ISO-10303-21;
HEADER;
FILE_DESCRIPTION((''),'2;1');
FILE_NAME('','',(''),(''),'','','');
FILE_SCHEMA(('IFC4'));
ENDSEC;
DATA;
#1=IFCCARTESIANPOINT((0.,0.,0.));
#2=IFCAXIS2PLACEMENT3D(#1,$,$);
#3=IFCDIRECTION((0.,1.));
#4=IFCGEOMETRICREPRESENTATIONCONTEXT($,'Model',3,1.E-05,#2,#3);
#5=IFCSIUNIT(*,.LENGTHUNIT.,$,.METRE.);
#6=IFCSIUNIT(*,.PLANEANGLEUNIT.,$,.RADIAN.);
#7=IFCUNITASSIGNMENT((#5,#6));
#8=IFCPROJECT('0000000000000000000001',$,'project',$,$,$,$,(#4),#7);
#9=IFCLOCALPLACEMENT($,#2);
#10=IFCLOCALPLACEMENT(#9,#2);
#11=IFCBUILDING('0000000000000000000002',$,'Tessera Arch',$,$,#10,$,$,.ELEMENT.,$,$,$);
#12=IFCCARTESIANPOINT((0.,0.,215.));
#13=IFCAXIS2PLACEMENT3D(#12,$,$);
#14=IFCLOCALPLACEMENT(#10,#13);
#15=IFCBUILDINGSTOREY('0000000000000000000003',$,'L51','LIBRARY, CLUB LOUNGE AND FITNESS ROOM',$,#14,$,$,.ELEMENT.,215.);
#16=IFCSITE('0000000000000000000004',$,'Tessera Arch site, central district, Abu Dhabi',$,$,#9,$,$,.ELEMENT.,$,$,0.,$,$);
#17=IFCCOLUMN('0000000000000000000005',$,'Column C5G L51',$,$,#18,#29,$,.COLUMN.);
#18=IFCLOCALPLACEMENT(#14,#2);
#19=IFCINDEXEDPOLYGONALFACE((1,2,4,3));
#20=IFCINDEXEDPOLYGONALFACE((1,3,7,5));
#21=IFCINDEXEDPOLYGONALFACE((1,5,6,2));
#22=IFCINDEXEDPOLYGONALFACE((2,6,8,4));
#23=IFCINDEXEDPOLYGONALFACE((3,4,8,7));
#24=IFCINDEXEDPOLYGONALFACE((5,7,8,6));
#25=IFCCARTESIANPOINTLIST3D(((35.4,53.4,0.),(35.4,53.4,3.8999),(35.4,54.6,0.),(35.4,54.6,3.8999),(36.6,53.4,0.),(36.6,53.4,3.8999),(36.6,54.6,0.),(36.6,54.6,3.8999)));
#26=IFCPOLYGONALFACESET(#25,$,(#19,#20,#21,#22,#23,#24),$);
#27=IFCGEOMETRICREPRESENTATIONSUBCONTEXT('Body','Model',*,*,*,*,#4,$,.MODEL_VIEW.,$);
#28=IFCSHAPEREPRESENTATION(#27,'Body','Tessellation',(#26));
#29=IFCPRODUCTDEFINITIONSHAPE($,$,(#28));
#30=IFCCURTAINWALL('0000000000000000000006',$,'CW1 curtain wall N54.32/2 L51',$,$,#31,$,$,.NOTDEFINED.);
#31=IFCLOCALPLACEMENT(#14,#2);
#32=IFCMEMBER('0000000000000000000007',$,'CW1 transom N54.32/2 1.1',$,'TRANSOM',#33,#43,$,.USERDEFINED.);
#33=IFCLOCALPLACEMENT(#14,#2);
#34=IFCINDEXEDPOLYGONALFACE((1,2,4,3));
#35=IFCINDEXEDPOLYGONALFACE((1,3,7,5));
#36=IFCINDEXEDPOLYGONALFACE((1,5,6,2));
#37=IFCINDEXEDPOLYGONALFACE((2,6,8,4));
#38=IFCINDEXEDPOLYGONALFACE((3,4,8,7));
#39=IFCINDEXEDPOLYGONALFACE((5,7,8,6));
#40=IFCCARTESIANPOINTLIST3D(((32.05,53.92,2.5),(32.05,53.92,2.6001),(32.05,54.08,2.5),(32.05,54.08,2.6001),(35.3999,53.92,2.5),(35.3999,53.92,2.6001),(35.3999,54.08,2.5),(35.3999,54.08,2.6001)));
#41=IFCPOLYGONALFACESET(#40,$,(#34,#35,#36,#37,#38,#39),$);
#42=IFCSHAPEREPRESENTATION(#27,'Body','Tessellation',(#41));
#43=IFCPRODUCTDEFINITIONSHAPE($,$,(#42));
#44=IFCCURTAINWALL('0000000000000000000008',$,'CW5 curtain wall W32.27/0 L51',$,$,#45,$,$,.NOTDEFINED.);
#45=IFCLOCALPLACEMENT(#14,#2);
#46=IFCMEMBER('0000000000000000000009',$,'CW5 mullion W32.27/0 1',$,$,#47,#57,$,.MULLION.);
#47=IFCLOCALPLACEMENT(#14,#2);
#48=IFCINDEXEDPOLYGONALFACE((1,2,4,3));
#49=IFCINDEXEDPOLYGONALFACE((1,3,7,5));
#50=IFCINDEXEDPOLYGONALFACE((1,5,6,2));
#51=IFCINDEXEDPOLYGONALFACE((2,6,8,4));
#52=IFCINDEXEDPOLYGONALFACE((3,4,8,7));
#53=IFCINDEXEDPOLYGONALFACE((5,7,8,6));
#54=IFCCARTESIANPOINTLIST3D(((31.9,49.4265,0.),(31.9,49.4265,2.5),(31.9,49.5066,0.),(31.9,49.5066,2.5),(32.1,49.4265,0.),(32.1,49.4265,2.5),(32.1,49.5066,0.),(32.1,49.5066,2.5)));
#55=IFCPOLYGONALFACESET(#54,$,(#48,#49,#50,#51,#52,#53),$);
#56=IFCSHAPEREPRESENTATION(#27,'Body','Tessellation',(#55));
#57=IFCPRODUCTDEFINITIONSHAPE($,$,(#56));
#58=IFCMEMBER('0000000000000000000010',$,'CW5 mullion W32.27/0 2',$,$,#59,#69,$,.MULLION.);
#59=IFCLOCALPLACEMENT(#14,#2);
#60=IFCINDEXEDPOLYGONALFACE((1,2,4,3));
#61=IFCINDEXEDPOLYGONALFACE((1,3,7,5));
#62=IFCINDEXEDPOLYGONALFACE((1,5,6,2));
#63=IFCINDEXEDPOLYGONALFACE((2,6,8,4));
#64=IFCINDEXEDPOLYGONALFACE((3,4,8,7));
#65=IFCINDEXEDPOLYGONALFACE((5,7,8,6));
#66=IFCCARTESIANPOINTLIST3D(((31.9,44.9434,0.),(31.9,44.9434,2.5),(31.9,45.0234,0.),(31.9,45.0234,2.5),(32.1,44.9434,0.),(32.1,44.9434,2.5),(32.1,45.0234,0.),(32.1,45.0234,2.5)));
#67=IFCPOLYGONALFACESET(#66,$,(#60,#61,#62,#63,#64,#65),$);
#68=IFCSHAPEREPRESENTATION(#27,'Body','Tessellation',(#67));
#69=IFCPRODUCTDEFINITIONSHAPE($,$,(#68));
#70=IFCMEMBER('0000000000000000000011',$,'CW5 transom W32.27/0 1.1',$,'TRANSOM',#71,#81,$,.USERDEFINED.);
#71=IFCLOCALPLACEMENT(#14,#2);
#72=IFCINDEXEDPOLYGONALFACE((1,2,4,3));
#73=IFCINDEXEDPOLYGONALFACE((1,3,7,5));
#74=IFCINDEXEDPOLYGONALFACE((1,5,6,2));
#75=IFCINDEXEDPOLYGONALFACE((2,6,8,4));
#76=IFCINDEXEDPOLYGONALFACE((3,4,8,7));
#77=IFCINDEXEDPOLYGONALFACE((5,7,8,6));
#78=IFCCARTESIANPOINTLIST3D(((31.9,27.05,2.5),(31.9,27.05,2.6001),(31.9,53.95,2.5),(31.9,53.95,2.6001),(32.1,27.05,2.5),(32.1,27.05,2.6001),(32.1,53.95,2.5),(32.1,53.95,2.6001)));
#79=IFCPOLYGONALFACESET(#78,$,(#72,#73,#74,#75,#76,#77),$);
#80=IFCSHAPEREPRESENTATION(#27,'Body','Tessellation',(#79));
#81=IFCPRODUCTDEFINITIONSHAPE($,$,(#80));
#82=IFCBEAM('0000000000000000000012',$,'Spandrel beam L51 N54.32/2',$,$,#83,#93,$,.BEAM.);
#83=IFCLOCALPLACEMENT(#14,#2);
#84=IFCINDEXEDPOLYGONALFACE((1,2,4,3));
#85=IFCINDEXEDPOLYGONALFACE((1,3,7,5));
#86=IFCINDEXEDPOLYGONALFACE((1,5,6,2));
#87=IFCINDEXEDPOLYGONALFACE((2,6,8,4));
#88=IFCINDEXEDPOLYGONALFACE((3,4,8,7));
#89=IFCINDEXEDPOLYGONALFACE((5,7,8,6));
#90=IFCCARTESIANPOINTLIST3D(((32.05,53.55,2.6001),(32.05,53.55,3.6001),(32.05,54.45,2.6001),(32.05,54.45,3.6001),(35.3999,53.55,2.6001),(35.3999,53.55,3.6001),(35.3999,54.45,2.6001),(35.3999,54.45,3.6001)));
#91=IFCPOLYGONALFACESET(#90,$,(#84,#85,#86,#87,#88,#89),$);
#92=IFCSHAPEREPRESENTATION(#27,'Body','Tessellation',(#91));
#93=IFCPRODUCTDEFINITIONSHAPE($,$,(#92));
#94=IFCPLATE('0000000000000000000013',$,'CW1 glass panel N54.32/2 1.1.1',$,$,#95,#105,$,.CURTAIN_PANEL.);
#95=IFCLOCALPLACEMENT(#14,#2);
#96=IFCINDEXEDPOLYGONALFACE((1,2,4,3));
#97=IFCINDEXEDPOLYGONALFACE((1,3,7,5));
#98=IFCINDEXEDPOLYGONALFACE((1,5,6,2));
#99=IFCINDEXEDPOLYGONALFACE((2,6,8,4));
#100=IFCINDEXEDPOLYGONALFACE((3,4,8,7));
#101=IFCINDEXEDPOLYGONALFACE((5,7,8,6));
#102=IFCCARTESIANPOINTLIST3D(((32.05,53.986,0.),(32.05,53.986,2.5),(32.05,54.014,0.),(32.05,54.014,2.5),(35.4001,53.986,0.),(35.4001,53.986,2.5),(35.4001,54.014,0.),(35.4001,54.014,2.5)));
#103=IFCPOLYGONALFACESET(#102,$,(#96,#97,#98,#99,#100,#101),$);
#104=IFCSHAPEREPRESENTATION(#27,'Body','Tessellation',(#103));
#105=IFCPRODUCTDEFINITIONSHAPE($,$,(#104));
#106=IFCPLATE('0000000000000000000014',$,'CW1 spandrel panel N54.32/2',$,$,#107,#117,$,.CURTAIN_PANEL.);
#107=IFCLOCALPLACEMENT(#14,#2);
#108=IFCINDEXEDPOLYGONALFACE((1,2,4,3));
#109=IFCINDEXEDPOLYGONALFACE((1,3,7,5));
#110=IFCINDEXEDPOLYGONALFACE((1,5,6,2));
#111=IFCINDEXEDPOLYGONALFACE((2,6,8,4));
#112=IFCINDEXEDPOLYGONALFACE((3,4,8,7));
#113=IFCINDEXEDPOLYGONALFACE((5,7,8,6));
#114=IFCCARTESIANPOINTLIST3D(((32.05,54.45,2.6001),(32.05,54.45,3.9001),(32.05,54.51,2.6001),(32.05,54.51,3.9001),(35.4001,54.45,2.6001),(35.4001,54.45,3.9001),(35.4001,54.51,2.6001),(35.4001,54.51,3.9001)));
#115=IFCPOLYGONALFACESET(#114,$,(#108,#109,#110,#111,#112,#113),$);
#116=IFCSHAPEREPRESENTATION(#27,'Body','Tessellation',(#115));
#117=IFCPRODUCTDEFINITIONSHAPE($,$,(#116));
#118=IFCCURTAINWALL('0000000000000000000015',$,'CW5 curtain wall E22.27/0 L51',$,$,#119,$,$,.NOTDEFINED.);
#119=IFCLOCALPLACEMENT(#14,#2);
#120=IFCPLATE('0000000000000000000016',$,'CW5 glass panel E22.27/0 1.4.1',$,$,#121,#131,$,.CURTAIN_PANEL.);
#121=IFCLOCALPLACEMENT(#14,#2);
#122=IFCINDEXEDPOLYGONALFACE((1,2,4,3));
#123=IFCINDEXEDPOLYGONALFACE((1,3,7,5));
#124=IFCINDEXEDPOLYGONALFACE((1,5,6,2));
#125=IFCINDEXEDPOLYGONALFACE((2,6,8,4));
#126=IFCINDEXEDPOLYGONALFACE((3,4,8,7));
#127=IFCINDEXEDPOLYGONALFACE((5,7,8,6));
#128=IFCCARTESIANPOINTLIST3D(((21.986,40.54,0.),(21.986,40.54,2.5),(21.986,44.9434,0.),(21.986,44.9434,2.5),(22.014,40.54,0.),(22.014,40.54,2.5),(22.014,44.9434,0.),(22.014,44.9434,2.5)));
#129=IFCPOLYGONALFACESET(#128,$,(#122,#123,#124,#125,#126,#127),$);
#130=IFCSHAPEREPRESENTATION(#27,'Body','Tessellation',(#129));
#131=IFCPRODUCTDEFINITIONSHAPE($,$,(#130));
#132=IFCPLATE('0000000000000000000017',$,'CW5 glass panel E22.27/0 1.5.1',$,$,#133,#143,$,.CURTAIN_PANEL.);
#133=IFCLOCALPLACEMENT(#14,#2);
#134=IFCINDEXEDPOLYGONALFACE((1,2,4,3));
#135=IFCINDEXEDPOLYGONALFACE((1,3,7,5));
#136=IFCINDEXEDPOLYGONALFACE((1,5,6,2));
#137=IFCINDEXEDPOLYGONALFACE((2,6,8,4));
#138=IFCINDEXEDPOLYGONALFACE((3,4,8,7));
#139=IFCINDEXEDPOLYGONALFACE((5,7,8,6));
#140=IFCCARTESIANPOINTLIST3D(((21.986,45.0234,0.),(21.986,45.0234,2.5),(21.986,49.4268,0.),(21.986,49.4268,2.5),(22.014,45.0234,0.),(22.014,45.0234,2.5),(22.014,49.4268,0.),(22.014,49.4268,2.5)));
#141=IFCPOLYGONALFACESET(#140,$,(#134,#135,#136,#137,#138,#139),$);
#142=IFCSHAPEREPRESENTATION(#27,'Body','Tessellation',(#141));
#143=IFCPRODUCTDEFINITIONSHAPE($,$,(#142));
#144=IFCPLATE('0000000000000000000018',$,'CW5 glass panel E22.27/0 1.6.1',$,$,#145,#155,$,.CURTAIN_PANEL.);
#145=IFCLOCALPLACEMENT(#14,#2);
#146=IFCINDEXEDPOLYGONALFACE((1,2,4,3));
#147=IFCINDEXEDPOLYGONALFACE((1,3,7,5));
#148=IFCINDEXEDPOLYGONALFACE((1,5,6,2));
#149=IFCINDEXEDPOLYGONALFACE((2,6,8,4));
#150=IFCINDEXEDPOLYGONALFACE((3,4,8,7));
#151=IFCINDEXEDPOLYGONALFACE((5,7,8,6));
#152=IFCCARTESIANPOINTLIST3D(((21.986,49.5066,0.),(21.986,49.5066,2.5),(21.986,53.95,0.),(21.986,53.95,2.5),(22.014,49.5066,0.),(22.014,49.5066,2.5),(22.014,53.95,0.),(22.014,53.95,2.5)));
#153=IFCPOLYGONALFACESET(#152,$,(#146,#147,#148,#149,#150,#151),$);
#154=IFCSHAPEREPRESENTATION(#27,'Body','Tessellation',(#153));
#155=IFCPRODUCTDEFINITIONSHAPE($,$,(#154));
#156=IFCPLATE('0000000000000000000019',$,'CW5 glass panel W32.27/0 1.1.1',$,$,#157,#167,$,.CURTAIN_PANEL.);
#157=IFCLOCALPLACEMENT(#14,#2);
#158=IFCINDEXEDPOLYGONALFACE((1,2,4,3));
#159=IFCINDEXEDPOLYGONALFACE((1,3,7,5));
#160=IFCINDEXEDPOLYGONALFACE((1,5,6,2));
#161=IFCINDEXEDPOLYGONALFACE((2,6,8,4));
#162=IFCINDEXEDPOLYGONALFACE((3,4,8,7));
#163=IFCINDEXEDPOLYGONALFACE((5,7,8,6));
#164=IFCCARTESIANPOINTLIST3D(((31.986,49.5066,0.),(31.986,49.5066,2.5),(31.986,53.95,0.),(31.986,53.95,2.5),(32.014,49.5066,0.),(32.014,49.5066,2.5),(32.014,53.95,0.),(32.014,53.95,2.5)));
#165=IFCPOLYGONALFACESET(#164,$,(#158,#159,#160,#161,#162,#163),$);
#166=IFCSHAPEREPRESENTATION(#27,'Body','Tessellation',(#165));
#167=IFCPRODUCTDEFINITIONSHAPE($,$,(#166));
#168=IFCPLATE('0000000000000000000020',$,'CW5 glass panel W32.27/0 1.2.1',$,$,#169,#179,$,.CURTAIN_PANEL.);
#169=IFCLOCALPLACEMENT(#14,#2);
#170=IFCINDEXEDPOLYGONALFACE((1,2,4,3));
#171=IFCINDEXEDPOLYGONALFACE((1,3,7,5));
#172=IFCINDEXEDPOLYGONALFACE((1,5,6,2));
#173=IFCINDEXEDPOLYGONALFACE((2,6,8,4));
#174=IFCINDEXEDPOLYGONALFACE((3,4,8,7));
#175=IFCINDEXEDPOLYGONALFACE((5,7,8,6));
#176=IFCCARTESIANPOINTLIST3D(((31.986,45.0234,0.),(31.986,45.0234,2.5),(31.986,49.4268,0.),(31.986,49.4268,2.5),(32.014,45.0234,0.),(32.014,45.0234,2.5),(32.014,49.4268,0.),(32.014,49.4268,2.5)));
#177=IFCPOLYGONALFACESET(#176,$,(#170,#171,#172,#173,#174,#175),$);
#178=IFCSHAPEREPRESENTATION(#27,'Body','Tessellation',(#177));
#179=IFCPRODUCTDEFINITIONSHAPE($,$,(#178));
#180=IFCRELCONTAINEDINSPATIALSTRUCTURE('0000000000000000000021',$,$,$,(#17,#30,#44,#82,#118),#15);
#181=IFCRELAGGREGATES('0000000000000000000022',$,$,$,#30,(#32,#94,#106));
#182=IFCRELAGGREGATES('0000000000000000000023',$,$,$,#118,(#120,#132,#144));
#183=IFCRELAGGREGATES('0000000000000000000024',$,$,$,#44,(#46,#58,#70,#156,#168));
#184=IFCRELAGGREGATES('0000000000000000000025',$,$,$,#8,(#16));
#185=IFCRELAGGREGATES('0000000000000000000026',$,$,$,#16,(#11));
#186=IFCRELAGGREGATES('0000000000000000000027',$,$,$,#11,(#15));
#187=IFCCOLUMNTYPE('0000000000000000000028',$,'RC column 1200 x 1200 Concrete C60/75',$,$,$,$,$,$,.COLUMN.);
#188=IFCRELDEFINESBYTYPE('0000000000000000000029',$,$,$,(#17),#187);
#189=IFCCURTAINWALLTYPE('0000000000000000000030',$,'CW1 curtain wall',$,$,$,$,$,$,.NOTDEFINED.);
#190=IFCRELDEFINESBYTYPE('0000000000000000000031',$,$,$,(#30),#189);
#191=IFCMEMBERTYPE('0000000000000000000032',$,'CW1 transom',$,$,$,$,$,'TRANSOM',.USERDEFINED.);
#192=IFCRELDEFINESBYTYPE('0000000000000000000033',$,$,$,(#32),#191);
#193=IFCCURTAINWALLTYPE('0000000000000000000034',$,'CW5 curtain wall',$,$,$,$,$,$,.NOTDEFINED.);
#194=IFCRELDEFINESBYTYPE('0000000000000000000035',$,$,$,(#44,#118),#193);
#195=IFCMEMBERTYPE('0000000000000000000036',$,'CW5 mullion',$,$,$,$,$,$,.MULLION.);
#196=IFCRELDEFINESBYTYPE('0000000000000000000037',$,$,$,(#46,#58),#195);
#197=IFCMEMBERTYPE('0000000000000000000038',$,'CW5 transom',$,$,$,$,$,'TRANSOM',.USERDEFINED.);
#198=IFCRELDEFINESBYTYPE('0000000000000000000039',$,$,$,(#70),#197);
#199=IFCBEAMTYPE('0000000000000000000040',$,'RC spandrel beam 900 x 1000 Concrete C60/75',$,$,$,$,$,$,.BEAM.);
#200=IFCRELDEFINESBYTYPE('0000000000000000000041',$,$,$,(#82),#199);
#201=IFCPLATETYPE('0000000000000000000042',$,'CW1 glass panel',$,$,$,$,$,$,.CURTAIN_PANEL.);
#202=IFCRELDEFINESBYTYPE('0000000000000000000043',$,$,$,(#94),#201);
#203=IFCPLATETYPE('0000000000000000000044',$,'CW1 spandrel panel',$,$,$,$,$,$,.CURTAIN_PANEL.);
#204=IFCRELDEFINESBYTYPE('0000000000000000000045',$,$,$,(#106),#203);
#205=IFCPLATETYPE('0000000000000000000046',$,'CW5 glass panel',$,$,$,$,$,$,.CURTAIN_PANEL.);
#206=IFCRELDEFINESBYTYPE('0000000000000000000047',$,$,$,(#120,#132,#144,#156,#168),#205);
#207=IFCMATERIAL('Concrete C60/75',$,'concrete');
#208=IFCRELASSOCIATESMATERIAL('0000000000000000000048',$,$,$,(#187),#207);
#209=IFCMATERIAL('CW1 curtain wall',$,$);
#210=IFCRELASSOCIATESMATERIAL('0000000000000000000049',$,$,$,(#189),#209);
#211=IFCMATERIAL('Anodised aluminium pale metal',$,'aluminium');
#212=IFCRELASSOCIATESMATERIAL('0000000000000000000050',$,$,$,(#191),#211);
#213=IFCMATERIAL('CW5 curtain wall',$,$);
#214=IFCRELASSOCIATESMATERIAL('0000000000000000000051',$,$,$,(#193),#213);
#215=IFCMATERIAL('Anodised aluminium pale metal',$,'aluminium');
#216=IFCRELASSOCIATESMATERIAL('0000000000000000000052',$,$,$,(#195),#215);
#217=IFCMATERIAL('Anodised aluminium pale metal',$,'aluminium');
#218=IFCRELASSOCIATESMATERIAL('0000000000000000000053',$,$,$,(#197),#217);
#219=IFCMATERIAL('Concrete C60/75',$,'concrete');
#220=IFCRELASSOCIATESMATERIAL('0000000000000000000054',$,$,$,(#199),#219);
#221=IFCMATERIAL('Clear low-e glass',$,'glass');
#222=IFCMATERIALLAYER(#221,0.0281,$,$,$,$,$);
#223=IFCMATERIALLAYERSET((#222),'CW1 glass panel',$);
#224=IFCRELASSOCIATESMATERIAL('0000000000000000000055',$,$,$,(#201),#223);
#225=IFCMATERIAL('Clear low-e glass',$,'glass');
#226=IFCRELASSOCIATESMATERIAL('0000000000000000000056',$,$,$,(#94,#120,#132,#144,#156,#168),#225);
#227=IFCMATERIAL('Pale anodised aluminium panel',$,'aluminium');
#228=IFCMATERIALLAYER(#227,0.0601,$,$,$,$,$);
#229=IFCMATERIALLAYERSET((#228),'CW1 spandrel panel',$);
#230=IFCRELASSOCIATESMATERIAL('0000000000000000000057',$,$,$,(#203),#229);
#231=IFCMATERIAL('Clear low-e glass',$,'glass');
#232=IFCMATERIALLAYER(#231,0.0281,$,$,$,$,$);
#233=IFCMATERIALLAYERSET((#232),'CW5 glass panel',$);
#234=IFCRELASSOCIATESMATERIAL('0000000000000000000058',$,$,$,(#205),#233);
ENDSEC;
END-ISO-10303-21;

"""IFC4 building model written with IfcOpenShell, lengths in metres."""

from ifc_helpers import new_model, si_unit, direction, frame, origin, origin_2d, place, context, subcontext, project, spatial, rectangle, extrude, material, layer, layer_set, material_profile, profile_set, type_object, element, aggregate, save


model = new_model("IFC4")

# Units and contexts
model_context = context("Model", 3, precision=1e-05, world=origin(), true_north=direction((0.0, 1.0)))
body_context = subcontext(model_context, "Body", "Model", "MODEL_VIEW")
ifc_project = project(units=[si_unit("LENGTHUNIT", "METRE"), si_unit("PLANEANGLEUNIT", "RADIAN")], contexts=[model_context])

# Site, building, storey
site_placement = place(None, origin())
site = spatial("IfcSite", under=ifc_project, at=site_placement, Name="Tessera Arch site, central district, Abu Dhabi", CompositionType="ELEMENT", RefElevation=0.0)
building_placement = place(site_placement, origin())
building = spatial("IfcBuilding", under=site, at=building_placement, Name="Tessera Arch", CompositionType="ELEMENT")
storey_placement = place(building_placement, frame((0.0, 0.0, 215.0)))
storey = spatial("IfcBuildingStorey", under=building, at=storey_placement, Name="L51", Description="LIBRARY, CLUB LOUNGE AND FITNESS ROOM", CompositionType="ELEMENT", Elevation=215.0)

# Column
ifc_material_1 = material(Name="Concrete C60/75", Category="concrete")
ifc_material_profile_1 = material_profile(ifc_material_1, rectangle(XDim=1.2, YDim=1.2, at=origin_2d()), Name="RC column 1200 x 1200 Concrete C60/75")
ifc_profile_set_1 = profile_set([ifc_material_profile_1], Name="Concrete C60/75")
column_type = type_object("IfcColumnType", Name="RC column 1200 x 1200 Concrete C60/75", PredefinedType="COLUMN", material=ifc_profile_set_1)
column_placement = place(storey_placement, frame((36.0, 54.0, 0.0), z_axis=(0.0, 0.0, 1.0), x_axis=(1.0, 0.0, 0.0)))
element("IfcColumn", 1, at=column_placement, inside=storey, type_object=column_type, Name="Column C5G L51", PredefinedType="COLUMN", context=body_context, shape_type="SweptSolid", body=[
    extrude(rectangle(XDim=1.2, YDim=1.2, at=origin_2d()), origin(), (0.0, 0.0, 1.0), 3.8999),
])

# Curtain wall, member
ifc_material_2 = material(Name="CW1 curtain wall")
curtain_wall_type_1 = type_object("IfcCurtainWallType", Name="CW1 curtain wall", PredefinedType="NOTDEFINED", material=ifc_material_2)
curtain_wall_1_placement = place(storey_placement, origin())
curtain_wall_1 = element("IfcCurtainWall", 2, at=curtain_wall_1_placement, inside=storey, type_object=curtain_wall_type_1, Name="CW1 curtain wall N54.32/2 L51", PredefinedType="NOTDEFINED")
ifc_material_3 = material(Name="Anodised aluminium pale metal", Category="aluminium")
ifc_material_profile_2 = material_profile(ifc_material_3, rectangle(XDim=0.1599, YDim=0.1001, at=origin_2d()), Name="AL 160x100")
ifc_profile_set_2 = profile_set([ifc_material_profile_2], Name="Anodised aluminium pale metal")
member_type_1 = type_object("IfcMemberType", Name="CW1 transom", ElementType="TRANSOM", PredefinedType="USERDEFINED", material=ifc_profile_set_2)
member_1_placement = place(storey_placement, frame((35.3999, 54.0, 2.55), z_axis=(-1.0, 0.0, 0.0), x_axis=(0.0, -1.0, 0.0)))
member_1 = element("IfcMember", 3, at=member_1_placement, type_object=member_type_1, Name="CW1 transom N54.32/2 1.1", ObjectType="TRANSOM", PredefinedType="USERDEFINED", context=body_context, shape_type="SweptSolid", body=[
    extrude(rectangle(XDim=0.1599, YDim=0.1001, at=origin_2d()), origin(), (0.0, 0.0, 1.0), 3.3499),
])

# Curtain wall, members
ifc_material_4 = material(Name="CW5 curtain wall")
curtain_wall_type_2 = type_object("IfcCurtainWallType", Name="CW5 curtain wall", PredefinedType="NOTDEFINED", material=ifc_material_4)
curtain_wall_2_placement = place(storey_placement, origin())
curtain_wall_2 = element("IfcCurtainWall", 4, at=curtain_wall_2_placement, inside=storey, type_object=curtain_wall_type_2, Name="CW5 curtain wall W32.27/0 L51", PredefinedType="NOTDEFINED")
ifc_material_5 = material(Name="Anodised aluminium pale metal", Category="aluminium")
ifc_material_profile_3 = material_profile(ifc_material_5, rectangle(XDim=0.2, YDim=0.0801, at=origin_2d()), Name="AL 80x200")
ifc_profile_set_3 = profile_set([ifc_material_profile_3], Name="Anodised aluminium pale metal")
member_type_2 = type_object("IfcMemberType", Name="CW5 mullion", PredefinedType="MULLION", material=ifc_profile_set_3)
member_2_placement = place(storey_placement, frame((32.0, 49.4666, 0.0), z_axis=(0.0, 0.0, 1.0), x_axis=(1.0, 0.0, 0.0)))
member_2 = element("IfcMember", 5, at=member_2_placement, type_object=member_type_2, Name="CW5 mullion W32.27/0 1", PredefinedType="MULLION", context=body_context, shape_type="SweptSolid", body=[
    extrude(rectangle(XDim=0.2, YDim=0.0801, at=origin_2d()), origin(), (0.0, 0.0, 1.0), 2.5),
])
member_3_placement = place(storey_placement, frame((32.0, 44.9834, 0.0), z_axis=(0.0, 0.0, 1.0), x_axis=(1.0, 0.0, 0.0)))
member_3 = element("IfcMember", 6, at=member_3_placement, type_object=member_type_2, Name="CW5 mullion W32.27/0 2", PredefinedType="MULLION", context=body_context, shape_type="SweptSolid", body=[
    extrude(rectangle(XDim=0.2, YDim=0.0801, at=origin_2d()), origin(), (0.0, 0.0, 1.0), 2.5),
])
ifc_material_6 = material(Name="Anodised aluminium pale metal", Category="aluminium")
ifc_material_profile_4 = material_profile(ifc_material_6, rectangle(XDim=0.2, YDim=0.1001, at=origin_2d()), Name="AL 200x100")
ifc_profile_set_4 = profile_set([ifc_material_profile_4], Name="Anodised aluminium pale metal")
member_type_3 = type_object("IfcMemberType", Name="CW5 transom", ElementType="TRANSOM", PredefinedType="USERDEFINED", material=ifc_profile_set_4)
member_4_placement = place(storey_placement, frame((32.0, 53.95, 2.55), z_axis=(0.0, -1.0, 0.0), x_axis=(1.0, 0.0, 0.0)))
member_4 = element("IfcMember", 7, at=member_4_placement, type_object=member_type_3, Name="CW5 transom W32.27/0 1.1", ObjectType="TRANSOM", PredefinedType="USERDEFINED", context=body_context, shape_type="SweptSolid", body=[
    extrude(rectangle(XDim=0.2, YDim=0.1001, at=origin_2d()), origin(), (0.0, 0.0, 1.0), 26.8999),
])

# Beam
ifc_material_7 = material(Name="Concrete C60/75", Category="concrete")
ifc_material_profile_5 = material_profile(ifc_material_7, rectangle(XDim=0.8999, YDim=1.0, at=origin_2d()), Name="RC spandrel beam 900 x 1000 Concrete C60/75")
ifc_profile_set_5 = profile_set([ifc_material_profile_5], Name="Concrete C60/75")
beam_type = type_object("IfcBeamType", Name="RC spandrel beam 900 x 1000 Concrete C60/75", PredefinedType="BEAM", material=ifc_profile_set_5)
beam_placement = place(storey_placement, frame((35.3999, 54.0, 3.1001), z_axis=(-1.0, 0.0, 0.0), x_axis=(0.0, -1.0, 0.0)))
element("IfcBeam", 8, at=beam_placement, inside=storey, type_object=beam_type, Name="Spandrel beam L51 N54.32/2", PredefinedType="BEAM", context=body_context, shape_type="SweptSolid", body=[
    extrude(rectangle(XDim=0.8999, YDim=1.0, at=origin_2d()), origin(), (0.0, 0.0, 1.0), 3.3499),
])

# Plates
ifc_material_8 = material(Name="Clear low-e glass", Category="glass")
ifc_material_9 = material(Name="Clear low-e glass", Category="glass")
ifc_layer_1 = layer(ifc_material_9, 0.0281)
ifc_layer_set_1 = layer_set([ifc_layer_1], Name="CW1 glass panel")
plate_type_1 = type_object("IfcPlateType", Name="CW1 glass panel", PredefinedType="CURTAIN_PANEL", material=ifc_layer_set_1)
plate_1_placement = place(storey_placement, frame((33.7251, 54.0, 0.0), z_axis=(0.0, 0.0, 1.0), x_axis=(-1.0, 0.0, 0.0)))
plate_1 = element("IfcPlate", 9, at=plate_1_placement, type_object=plate_type_1, material=ifc_material_8, Name="CW1 glass panel N54.32/2 1.1.1", PredefinedType="CURTAIN_PANEL", context=body_context, shape_type="SweptSolid", body=[
    extrude(rectangle(XDim=3.3501, YDim=0.0281, at=origin_2d()), origin(), (0.0, 0.0, 1.0), 2.5),
])
ifc_material_10 = material(Name="Pale anodised aluminium panel", Category="aluminium")
ifc_layer_2 = layer(ifc_material_10, 0.0601)
ifc_layer_set_2 = layer_set([ifc_layer_2], Name="CW1 spandrel panel")
plate_type_2 = type_object("IfcPlateType", Name="CW1 spandrel panel", PredefinedType="CURTAIN_PANEL", material=ifc_layer_set_2)
plate_2_placement = place(storey_placement, frame((33.7251, 54.48, 2.6001), z_axis=(0.0, 0.0, 1.0), x_axis=(-1.0, 0.0, 0.0)))
plate_2 = element("IfcPlate", 10, at=plate_2_placement, type_object=plate_type_2, Name="CW1 spandrel panel N54.32/2", PredefinedType="CURTAIN_PANEL", context=body_context, shape_type="SweptSolid", body=[
    extrude(rectangle(XDim=3.3501, YDim=0.0601, at=origin_2d()), origin(), (0.0, 0.0, 1.0), 1.3),
])
aggregate(curtain_wall_1, [member_1, plate_1, plate_2])

# Curtain wall, plates
curtain_wall_3_placement = place(storey_placement, origin())
curtain_wall_3 = element("IfcCurtainWall", 11, at=curtain_wall_3_placement, inside=storey, type_object=curtain_wall_type_2, Name="CW5 curtain wall E22.27/0 L51", PredefinedType="NOTDEFINED")
ifc_material_11 = material(Name="Clear low-e glass", Category="glass")
ifc_layer_3 = layer(ifc_material_11, 0.0281)
ifc_layer_set_3 = layer_set([ifc_layer_3], Name="CW5 glass panel")
plate_type_3 = type_object("IfcPlateType", Name="CW5 glass panel", PredefinedType="CURTAIN_PANEL", material=ifc_layer_set_3)
plate_3_placement = place(storey_placement, frame((22.0, 42.7417, 0.0), z_axis=(0.0, 0.0, 1.0), x_axis=(0.0, 1.0, 0.0)))
plate_3 = element("IfcPlate", 12, at=plate_3_placement, type_object=plate_type_3, material=ifc_material_8, Name="CW5 glass panel E22.27/0 1.4.1", PredefinedType="CURTAIN_PANEL", context=body_context, shape_type="SweptSolid", body=[
    extrude(rectangle(XDim=4.4033, YDim=0.0281, at=origin_2d()), origin(), (0.0, 0.0, 1.0), 2.5),
])
plate_4_placement = place(storey_placement, frame((22.0, 47.2251, 0.0), z_axis=(0.0, 0.0, 1.0), x_axis=(0.0, 1.0, 0.0)))
plate_4 = element("IfcPlate", 13, at=plate_4_placement, type_object=plate_type_3, material=ifc_material_8, Name="CW5 glass panel E22.27/0 1.5.1", PredefinedType="CURTAIN_PANEL", context=body_context, shape_type="SweptSolid", body=[
    extrude(rectangle(XDim=4.4033, YDim=0.0281, at=origin_2d()), origin(), (0.0, 0.0, 1.0), 2.5),
])
plate_5_placement = place(storey_placement, frame((22.0, 51.7283, 0.0), z_axis=(0.0, 0.0, 1.0), x_axis=(0.0, 1.0, 0.0)))
plate_5 = element("IfcPlate", 14, at=plate_5_placement, type_object=plate_type_3, material=ifc_material_8, Name="CW5 glass panel E22.27/0 1.6.1", PredefinedType="CURTAIN_PANEL", context=body_context, shape_type="SweptSolid", body=[
    extrude(rectangle(XDim=4.4434, YDim=0.0281, at=origin_2d()), origin(), (0.0, 0.0, 1.0), 2.5),
])
aggregate(curtain_wall_3, [plate_3, plate_4, plate_5])

# Plates
plate_6_placement = place(storey_placement, frame((32.0, 51.7283, 0.0), z_axis=(0.0, 0.0, 1.0), x_axis=(0.0, -1.0, 0.0)))
plate_6 = element("IfcPlate", 15, at=plate_6_placement, type_object=plate_type_3, material=ifc_material_8, Name="CW5 glass panel W32.27/0 1.1.1", PredefinedType="CURTAIN_PANEL", context=body_context, shape_type="SweptSolid", body=[
    extrude(rectangle(XDim=4.4434, YDim=0.0281, at=origin_2d()), origin(), (0.0, 0.0, 1.0), 2.5),
])
plate_7_placement = place(storey_placement, frame((32.0, 47.2251, 0.0), z_axis=(0.0, 0.0, 1.0), x_axis=(0.0, -1.0, 0.0)))
plate_7 = element("IfcPlate", 16, at=plate_7_placement, type_object=plate_type_3, material=ifc_material_8, Name="CW5 glass panel W32.27/0 1.2.1", PredefinedType="CURTAIN_PANEL", context=body_context, shape_type="SweptSolid", body=[
    extrude(rectangle(XDim=4.4033, YDim=0.0281, at=origin_2d()), origin(), (0.0, 0.0, 1.0), 2.5),
])
aggregate(curtain_wall_2, [member_2, member_3, member_4, plate_6, plate_7])

save(model, "model.ifc")
